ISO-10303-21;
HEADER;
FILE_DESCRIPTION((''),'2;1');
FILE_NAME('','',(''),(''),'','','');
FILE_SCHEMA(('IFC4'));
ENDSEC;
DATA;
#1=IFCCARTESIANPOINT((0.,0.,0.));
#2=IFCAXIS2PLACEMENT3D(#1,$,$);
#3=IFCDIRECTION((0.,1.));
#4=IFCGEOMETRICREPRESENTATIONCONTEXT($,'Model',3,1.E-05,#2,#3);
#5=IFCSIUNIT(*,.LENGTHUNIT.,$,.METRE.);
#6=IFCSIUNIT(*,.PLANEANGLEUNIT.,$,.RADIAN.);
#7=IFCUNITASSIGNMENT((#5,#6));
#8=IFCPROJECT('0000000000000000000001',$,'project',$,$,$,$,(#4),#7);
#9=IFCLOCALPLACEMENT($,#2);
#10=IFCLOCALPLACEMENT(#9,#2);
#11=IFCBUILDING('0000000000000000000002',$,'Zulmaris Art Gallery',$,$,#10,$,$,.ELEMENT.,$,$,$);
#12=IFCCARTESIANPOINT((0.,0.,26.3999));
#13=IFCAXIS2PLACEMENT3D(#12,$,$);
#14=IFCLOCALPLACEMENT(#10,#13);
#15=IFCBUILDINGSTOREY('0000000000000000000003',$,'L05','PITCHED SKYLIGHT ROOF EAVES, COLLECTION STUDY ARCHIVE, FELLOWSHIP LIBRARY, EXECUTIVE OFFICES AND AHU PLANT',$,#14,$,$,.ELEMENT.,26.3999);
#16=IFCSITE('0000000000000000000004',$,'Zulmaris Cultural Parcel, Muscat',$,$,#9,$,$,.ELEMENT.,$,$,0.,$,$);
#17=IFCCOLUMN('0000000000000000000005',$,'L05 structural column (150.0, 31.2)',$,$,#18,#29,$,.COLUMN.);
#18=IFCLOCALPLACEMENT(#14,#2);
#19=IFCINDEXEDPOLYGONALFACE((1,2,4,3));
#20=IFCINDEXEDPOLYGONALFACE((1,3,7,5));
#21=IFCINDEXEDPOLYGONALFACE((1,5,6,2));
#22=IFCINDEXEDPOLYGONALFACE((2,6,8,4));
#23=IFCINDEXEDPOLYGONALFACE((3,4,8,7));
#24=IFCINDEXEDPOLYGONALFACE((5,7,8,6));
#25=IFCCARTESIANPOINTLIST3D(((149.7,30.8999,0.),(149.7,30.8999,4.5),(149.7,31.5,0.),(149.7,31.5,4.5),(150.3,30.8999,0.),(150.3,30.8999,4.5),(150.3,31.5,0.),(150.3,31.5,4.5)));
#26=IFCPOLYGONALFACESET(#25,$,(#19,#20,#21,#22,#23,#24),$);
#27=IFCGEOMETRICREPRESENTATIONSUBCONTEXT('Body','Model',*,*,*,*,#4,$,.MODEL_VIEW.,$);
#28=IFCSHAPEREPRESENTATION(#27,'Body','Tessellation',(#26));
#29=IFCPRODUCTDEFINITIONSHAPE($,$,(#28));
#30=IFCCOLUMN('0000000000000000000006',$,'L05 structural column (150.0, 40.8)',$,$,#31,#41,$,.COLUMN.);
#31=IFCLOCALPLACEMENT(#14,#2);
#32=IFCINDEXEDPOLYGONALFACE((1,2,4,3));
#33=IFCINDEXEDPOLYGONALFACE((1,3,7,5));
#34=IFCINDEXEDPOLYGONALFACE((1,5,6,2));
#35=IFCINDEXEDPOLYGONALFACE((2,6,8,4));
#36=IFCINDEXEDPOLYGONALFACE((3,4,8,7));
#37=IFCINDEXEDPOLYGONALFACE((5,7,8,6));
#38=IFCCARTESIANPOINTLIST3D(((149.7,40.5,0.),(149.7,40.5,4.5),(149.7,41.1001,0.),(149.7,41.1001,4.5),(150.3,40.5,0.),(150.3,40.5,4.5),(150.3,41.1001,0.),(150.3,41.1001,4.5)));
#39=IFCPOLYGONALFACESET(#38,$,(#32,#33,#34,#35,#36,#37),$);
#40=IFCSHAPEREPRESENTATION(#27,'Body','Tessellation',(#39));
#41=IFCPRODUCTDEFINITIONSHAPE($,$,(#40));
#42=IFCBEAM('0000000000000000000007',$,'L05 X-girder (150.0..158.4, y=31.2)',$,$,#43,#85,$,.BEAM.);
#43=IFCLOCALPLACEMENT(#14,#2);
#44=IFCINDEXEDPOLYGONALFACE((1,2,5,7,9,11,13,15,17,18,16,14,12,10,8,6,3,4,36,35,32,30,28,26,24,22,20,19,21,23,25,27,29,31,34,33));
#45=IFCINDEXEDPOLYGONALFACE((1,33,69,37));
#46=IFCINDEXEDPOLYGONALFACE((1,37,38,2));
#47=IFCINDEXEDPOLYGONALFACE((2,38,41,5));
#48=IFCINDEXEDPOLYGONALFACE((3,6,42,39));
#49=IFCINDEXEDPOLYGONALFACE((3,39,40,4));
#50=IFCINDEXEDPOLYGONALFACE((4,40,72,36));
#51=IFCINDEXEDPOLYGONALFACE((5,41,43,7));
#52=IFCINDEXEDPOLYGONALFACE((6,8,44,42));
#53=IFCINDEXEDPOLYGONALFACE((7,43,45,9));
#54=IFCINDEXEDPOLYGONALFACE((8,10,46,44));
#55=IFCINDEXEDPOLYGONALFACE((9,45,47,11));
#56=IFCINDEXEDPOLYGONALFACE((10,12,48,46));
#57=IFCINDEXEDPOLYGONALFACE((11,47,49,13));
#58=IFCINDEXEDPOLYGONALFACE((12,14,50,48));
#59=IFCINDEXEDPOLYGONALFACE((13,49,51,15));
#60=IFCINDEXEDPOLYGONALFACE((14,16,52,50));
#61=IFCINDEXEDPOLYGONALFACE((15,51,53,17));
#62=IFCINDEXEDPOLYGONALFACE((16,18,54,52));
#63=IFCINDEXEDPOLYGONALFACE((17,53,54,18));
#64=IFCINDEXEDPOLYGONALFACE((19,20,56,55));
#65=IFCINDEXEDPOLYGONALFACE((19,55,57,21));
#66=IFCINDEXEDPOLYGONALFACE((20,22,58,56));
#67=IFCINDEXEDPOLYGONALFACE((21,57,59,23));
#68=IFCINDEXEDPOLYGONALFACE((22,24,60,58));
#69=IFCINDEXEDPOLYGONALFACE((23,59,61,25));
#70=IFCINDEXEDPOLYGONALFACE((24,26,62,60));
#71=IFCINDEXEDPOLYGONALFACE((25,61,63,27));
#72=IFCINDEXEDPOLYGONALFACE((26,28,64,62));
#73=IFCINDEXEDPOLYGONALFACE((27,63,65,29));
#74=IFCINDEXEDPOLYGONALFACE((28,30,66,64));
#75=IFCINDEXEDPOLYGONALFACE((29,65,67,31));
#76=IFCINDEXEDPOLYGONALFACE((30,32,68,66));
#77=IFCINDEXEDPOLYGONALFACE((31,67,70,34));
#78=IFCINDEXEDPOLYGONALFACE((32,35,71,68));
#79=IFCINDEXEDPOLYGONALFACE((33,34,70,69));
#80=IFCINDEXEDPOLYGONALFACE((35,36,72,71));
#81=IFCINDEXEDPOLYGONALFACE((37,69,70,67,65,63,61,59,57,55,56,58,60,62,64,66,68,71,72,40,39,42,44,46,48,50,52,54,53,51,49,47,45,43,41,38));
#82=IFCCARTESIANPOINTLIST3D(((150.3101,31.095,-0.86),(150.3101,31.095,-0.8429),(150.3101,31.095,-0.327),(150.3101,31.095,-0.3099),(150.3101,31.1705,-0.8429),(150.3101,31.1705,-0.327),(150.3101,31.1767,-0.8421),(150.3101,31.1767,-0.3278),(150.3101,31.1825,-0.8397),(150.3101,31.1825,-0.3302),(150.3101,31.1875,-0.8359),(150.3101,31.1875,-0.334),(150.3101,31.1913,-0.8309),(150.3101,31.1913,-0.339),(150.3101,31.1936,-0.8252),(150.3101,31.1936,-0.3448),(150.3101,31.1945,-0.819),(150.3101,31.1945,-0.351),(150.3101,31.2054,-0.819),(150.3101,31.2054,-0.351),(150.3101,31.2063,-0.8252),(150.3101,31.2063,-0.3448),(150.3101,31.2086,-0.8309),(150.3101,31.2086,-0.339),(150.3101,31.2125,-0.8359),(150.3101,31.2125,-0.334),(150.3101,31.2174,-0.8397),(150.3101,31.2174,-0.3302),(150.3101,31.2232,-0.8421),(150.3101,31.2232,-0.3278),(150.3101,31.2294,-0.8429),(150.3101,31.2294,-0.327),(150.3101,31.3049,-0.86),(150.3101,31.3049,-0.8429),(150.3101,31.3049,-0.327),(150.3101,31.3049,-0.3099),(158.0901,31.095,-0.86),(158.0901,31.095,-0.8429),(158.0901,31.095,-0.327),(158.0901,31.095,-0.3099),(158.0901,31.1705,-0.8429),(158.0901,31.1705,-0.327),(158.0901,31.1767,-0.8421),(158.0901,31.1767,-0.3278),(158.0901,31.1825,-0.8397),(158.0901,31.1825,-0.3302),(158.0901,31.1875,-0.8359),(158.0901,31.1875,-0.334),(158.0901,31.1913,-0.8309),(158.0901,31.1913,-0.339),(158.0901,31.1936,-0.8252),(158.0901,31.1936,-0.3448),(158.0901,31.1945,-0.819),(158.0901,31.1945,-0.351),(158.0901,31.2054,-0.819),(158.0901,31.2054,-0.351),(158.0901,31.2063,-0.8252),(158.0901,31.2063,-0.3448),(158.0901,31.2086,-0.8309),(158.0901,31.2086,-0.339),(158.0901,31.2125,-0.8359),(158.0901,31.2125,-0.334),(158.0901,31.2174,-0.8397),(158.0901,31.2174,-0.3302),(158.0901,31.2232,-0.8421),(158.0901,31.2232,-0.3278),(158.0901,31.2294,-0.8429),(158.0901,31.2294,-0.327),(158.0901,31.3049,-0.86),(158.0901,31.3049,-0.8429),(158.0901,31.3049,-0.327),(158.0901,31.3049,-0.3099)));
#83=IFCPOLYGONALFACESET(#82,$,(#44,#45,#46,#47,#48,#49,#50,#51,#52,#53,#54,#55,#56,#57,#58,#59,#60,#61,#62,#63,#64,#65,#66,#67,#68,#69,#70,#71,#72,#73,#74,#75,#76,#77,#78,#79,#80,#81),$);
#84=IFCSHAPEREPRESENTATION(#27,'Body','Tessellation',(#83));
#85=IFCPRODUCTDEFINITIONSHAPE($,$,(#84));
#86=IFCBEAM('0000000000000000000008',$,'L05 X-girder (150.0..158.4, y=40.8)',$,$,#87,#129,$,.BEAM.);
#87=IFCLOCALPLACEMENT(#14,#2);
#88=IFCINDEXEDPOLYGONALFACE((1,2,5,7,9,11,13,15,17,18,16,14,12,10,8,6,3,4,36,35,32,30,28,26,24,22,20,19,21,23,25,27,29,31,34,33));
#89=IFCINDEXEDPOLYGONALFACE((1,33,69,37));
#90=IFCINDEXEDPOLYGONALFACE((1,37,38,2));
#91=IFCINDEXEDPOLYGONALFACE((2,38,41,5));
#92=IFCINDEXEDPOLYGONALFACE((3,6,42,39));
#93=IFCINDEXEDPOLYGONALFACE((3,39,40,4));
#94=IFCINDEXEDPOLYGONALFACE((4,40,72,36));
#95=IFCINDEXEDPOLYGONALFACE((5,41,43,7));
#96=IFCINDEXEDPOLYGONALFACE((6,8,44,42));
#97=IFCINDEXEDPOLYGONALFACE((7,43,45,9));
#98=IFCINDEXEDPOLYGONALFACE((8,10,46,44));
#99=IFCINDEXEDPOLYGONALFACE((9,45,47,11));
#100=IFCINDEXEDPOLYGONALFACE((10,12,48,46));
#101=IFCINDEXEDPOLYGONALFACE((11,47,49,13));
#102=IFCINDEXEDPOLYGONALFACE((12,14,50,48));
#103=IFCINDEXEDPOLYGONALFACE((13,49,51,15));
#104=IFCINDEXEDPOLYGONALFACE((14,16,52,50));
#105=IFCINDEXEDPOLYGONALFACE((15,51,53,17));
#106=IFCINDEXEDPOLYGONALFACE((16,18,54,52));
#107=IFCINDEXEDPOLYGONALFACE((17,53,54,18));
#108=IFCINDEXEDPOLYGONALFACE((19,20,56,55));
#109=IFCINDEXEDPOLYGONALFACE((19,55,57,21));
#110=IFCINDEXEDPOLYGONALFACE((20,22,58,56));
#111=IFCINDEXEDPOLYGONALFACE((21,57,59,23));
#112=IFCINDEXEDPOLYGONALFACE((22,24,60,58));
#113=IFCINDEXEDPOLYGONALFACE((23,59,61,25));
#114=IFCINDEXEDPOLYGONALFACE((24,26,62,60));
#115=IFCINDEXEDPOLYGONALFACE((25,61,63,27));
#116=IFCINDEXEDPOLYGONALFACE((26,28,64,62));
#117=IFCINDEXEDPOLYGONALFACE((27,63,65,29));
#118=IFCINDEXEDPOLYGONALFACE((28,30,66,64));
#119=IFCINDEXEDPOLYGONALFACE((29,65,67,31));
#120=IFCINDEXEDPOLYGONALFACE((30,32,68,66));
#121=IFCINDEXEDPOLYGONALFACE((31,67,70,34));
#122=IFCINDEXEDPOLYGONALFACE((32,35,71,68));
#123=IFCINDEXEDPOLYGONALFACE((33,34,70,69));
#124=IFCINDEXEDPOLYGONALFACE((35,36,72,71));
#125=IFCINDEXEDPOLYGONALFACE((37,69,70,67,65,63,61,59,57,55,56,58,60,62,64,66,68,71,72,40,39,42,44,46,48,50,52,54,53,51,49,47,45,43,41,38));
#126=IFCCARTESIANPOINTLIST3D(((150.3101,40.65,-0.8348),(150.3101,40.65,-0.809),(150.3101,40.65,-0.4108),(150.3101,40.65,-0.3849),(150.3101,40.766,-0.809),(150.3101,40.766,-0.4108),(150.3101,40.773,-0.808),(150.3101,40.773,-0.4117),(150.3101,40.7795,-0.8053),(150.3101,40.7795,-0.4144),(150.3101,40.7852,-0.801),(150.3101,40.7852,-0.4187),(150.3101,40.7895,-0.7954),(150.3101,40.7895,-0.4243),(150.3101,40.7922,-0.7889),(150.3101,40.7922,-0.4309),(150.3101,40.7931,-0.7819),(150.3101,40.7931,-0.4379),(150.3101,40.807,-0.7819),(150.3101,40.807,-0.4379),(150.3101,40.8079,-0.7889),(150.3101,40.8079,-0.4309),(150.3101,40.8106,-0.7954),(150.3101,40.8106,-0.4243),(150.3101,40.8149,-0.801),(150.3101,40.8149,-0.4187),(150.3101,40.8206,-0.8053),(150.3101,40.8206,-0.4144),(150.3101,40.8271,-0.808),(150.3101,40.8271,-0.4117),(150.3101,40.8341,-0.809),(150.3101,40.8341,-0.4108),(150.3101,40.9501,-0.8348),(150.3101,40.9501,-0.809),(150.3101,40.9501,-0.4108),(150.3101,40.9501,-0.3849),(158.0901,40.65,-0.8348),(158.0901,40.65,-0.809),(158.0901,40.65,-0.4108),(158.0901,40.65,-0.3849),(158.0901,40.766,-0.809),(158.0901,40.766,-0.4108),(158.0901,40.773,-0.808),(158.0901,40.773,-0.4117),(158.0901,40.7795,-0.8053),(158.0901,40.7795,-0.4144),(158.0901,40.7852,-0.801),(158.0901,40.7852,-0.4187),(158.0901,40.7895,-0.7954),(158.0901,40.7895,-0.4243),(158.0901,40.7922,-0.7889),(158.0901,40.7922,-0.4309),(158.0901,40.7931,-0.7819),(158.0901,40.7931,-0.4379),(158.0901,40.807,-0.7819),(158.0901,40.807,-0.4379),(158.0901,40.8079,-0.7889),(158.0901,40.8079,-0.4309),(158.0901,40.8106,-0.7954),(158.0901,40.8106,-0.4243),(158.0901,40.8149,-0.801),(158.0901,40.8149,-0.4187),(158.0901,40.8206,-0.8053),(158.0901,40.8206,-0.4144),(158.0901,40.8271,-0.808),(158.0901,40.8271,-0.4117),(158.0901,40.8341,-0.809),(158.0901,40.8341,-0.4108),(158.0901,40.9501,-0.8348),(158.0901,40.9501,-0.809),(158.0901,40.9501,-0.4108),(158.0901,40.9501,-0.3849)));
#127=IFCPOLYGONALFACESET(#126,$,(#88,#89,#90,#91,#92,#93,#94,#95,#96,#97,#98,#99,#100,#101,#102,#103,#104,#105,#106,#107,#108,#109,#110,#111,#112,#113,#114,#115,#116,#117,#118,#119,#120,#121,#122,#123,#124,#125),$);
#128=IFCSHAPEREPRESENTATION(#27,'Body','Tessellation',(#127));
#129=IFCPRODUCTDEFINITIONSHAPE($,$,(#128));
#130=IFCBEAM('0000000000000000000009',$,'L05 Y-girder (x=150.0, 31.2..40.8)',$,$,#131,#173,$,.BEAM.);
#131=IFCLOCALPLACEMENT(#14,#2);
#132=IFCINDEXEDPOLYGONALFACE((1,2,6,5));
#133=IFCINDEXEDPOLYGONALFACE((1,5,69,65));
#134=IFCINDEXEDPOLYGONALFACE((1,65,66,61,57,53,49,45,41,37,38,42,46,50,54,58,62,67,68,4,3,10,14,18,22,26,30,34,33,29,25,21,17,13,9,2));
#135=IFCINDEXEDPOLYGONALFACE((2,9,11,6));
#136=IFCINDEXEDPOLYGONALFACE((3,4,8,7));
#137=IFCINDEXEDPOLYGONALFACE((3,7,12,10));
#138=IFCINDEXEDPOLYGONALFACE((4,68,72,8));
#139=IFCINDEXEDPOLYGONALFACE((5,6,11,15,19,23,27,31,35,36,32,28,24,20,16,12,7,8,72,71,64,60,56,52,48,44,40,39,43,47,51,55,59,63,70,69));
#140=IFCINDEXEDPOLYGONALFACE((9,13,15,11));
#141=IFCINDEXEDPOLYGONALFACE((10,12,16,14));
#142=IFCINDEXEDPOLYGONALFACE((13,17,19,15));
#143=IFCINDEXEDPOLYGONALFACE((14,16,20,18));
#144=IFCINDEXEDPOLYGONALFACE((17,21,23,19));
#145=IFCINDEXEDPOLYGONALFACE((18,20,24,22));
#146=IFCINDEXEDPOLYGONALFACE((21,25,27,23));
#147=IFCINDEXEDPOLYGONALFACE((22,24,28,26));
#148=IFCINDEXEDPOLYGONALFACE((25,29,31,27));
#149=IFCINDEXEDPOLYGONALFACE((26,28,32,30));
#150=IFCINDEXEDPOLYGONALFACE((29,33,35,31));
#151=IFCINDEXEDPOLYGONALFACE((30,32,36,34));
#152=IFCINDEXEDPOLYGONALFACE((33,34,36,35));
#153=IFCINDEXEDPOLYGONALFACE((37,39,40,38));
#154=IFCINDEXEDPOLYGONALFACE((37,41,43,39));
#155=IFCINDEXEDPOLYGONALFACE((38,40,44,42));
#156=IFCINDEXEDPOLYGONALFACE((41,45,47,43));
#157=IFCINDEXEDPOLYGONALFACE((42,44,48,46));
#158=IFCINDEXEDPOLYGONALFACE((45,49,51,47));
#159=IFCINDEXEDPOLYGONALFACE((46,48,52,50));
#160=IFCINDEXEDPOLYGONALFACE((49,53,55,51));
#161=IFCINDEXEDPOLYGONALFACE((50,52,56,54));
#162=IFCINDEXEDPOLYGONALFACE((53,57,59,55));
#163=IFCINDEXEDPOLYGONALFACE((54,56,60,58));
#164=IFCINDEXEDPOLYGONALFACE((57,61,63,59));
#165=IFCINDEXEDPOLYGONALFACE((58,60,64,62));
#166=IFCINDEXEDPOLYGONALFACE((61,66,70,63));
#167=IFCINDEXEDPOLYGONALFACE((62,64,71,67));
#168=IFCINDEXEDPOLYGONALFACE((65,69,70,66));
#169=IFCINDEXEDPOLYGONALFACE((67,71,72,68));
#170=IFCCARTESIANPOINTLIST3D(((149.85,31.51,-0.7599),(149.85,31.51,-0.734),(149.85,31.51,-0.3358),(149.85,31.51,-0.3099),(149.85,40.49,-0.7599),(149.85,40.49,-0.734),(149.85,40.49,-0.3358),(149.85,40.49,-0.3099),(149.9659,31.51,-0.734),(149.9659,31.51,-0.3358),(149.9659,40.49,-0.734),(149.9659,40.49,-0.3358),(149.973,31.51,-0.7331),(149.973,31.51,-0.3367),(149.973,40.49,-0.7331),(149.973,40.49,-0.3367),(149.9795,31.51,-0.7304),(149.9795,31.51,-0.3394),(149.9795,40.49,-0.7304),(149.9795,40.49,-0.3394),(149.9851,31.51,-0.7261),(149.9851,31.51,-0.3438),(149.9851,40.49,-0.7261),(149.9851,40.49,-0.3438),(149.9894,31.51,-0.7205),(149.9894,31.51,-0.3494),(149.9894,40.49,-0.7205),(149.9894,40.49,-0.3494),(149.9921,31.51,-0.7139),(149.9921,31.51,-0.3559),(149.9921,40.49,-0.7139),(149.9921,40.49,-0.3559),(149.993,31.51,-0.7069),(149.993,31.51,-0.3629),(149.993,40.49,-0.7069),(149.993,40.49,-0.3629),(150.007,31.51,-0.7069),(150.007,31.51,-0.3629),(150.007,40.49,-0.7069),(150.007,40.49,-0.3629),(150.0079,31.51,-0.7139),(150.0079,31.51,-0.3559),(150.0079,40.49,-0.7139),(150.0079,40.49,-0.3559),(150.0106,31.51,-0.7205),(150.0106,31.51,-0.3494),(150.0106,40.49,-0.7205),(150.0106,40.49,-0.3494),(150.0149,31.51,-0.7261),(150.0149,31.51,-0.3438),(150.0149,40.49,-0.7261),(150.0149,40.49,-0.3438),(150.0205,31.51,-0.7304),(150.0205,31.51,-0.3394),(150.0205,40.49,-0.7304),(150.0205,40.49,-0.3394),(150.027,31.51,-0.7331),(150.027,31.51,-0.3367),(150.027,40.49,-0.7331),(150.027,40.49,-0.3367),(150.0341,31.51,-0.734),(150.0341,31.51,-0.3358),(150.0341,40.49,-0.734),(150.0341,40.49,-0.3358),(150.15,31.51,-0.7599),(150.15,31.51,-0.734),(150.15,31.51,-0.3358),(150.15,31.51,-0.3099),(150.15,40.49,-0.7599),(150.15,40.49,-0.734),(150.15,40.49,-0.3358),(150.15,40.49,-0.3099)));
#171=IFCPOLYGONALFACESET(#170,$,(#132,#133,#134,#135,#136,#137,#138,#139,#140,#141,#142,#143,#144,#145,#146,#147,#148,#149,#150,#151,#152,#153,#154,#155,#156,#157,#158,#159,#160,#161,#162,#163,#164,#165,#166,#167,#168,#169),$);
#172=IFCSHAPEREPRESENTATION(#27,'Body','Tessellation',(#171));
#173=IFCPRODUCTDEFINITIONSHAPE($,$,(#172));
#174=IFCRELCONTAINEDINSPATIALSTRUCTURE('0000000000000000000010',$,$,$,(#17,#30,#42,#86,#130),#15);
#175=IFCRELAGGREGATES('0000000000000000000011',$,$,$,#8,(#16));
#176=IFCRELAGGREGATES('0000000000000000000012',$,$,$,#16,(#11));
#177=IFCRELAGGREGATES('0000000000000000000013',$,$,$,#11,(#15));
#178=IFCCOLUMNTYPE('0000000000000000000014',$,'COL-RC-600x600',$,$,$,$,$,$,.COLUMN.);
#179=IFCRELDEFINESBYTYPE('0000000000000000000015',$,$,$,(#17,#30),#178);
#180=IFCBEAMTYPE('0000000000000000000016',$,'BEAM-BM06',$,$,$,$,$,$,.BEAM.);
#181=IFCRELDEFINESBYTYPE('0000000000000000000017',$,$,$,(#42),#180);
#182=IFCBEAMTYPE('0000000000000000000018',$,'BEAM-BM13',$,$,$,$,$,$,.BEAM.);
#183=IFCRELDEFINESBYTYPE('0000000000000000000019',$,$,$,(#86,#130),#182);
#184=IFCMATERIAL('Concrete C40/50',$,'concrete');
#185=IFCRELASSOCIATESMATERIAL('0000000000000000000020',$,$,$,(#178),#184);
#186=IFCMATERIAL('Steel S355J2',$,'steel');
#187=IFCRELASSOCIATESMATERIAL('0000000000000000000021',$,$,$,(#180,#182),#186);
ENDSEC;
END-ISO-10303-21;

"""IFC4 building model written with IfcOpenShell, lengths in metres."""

from ifc_helpers import new_model, si_unit, direction, frame, origin, origin_2d, place, context, subcontext, project, spatial, rectangle, i_section, extrude, material, material_profile, profile_set, type_object, element, save


model = new_model("IFC4")

# Units and contexts
model_context = context("Model", 3, precision=1e-05, world=origin(), true_north=direction((0.0, 1.0)))
body_context = subcontext(model_context, "Body", "Model", "MODEL_VIEW")
ifc_project = project(units=[si_unit("LENGTHUNIT", "METRE"), si_unit("PLANEANGLEUNIT", "RADIAN")], contexts=[model_context])

# Site, building, storey
site_placement = place(None, origin())
site = spatial("IfcSite", under=ifc_project, at=site_placement, Name="Zulmaris Cultural Parcel, Muscat", CompositionType="ELEMENT", RefElevation=0.0)
building_placement = place(site_placement, origin())
building = spatial("IfcBuilding", under=site, at=building_placement, Name="Zulmaris Art Gallery", CompositionType="ELEMENT")
storey_placement = place(building_placement, frame((0.0, 0.0, 26.3999)))
storey = spatial("IfcBuildingStorey", under=building, at=storey_placement, Name="L05", Description="PITCHED SKYLIGHT ROOF EAVES, COLLECTION STUDY ARCHIVE, FELLOWSHIP LIBRARY, EXECUTIVE OFFICES AND AHU PLANT", CompositionType="ELEMENT", Elevation=26.3999)

# Columns
ifc_material_1 = material(Name="Concrete C40/50", Category="concrete")
ifc_material_profile_1 = material_profile(ifc_material_1, rectangle(XDim=0.6001, YDim=0.6001, at=origin_2d()), Name="RC 600x600")
ifc_profile_set_1 = profile_set([ifc_material_profile_1], Name="Concrete C40/50")
column_type = type_object("IfcColumnType", Name="COL-RC-600x600", PredefinedType="COLUMN", material=ifc_profile_set_1)
for number, where, z_axis, x_axis, name in (
    (1, (150.0, 31.2, 0.0), (0.0, 0.0, 1.0), (1.0, 0.0, 0.0), "L05 structural column (150.0, 31.2)"),
    (2, (150.0, 40.8, 0.0), (0.0, 0.0, 1.0), (1.0, 0.0, 0.0), "L05 structural column (150.0, 40.8)"),
):
    element("IfcColumn", number, at=place(storey_placement, frame(where, z_axis=z_axis, x_axis=x_axis)), inside=storey, type_object=column_type, Name=name, PredefinedType="COLUMN", context=body_context, shape_type="SweptSolid", body=[
        extrude(rectangle(XDim=0.6001, YDim=0.6001, at=origin_2d()), origin(), (0.0, 0.0, 1.0), 4.5),
    ])

# Beams
ifc_material_2 = material(Name="Steel S355J2", Category="steel")
ifc_material_profile_2 = material_profile(ifc_material_2, i_section(OverallWidth=0.21, OverallDepth=0.55, WebThickness=0.011, FlangeThickness=0.0171, FilletRadius=0.0239, at=origin_2d()), Name="IPE 550")
ifc_profile_set_2 = profile_set([ifc_material_profile_2], Name="Steel S355J2")
beam_type_1 = type_object("IfcBeamType", Name="BEAM-BM06", PredefinedType="BEAM", material=ifc_profile_set_2)
beam_1_placement = place(storey_placement, frame((150.3101, 31.2, -0.585), z_axis=(1.0, 0.0, 0.0), x_axis=(0.0, 1.0, 0.0)))
element("IfcBeam", 3, at=beam_1_placement, inside=storey, type_object=beam_type_1, Name="L05 X-girder (150.0..158.4, y=31.2)", PredefinedType="BEAM", context=body_context, shape_type="SweptSolid", body=[
    extrude(i_section(OverallWidth=0.21, OverallDepth=0.55, WebThickness=0.011, FlangeThickness=0.0171, FilletRadius=0.0239, at=origin_2d()), origin(), (0.0, 0.0, 1.0), 7.78),
])
ifc_material_profile_3 = material_profile(ifc_material_2, i_section(OverallWidth=0.3, OverallDepth=0.45, WebThickness=0.0139, FlangeThickness=0.0259, FilletRadius=0.0271, at=origin_2d()), Name="HEB 450")
ifc_profile_set_3 = profile_set([ifc_material_profile_3], Name="Steel S355J2")
beam_type_2 = type_object("IfcBeamType", Name="BEAM-BM13", PredefinedType="BEAM", material=ifc_profile_set_3)
beam_2_placement = place(storey_placement, frame((150.3101, 40.8, -0.6099), z_axis=(1.0, 0.0, 0.0), x_axis=(0.0, 1.0, 0.0)))
element("IfcBeam", 4, at=beam_2_placement, inside=storey, type_object=beam_type_2, Name="L05 X-girder (150.0..158.4, y=40.8)", PredefinedType="BEAM", context=body_context, shape_type="SweptSolid", body=[
    extrude(i_section(OverallWidth=0.3, OverallDepth=0.45, WebThickness=0.0139, FlangeThickness=0.0259, FilletRadius=0.0271, at=origin_2d()), origin(), (0.0, 0.0, 1.0), 7.78),
])
beam_3_placement = place(storey_placement, frame((150.0, 31.51, -0.5349), z_axis=(0.0, 1.0, 0.0), x_axis=(-1.0, 0.0, 0.0)))
element("IfcBeam", 5, at=beam_3_placement, inside=storey, type_object=beam_type_2, Name="L05 Y-girder (x=150.0, 31.2..40.8)", PredefinedType="BEAM", context=body_context, shape_type="SweptSolid", body=[
    extrude(i_section(OverallWidth=0.3, OverallDepth=0.45, WebThickness=0.0139, FlangeThickness=0.0259, FilletRadius=0.0271, at=origin_2d()), origin(), (0.0, 0.0, 1.0), 8.98),
])

save(model, "model.ifc")
